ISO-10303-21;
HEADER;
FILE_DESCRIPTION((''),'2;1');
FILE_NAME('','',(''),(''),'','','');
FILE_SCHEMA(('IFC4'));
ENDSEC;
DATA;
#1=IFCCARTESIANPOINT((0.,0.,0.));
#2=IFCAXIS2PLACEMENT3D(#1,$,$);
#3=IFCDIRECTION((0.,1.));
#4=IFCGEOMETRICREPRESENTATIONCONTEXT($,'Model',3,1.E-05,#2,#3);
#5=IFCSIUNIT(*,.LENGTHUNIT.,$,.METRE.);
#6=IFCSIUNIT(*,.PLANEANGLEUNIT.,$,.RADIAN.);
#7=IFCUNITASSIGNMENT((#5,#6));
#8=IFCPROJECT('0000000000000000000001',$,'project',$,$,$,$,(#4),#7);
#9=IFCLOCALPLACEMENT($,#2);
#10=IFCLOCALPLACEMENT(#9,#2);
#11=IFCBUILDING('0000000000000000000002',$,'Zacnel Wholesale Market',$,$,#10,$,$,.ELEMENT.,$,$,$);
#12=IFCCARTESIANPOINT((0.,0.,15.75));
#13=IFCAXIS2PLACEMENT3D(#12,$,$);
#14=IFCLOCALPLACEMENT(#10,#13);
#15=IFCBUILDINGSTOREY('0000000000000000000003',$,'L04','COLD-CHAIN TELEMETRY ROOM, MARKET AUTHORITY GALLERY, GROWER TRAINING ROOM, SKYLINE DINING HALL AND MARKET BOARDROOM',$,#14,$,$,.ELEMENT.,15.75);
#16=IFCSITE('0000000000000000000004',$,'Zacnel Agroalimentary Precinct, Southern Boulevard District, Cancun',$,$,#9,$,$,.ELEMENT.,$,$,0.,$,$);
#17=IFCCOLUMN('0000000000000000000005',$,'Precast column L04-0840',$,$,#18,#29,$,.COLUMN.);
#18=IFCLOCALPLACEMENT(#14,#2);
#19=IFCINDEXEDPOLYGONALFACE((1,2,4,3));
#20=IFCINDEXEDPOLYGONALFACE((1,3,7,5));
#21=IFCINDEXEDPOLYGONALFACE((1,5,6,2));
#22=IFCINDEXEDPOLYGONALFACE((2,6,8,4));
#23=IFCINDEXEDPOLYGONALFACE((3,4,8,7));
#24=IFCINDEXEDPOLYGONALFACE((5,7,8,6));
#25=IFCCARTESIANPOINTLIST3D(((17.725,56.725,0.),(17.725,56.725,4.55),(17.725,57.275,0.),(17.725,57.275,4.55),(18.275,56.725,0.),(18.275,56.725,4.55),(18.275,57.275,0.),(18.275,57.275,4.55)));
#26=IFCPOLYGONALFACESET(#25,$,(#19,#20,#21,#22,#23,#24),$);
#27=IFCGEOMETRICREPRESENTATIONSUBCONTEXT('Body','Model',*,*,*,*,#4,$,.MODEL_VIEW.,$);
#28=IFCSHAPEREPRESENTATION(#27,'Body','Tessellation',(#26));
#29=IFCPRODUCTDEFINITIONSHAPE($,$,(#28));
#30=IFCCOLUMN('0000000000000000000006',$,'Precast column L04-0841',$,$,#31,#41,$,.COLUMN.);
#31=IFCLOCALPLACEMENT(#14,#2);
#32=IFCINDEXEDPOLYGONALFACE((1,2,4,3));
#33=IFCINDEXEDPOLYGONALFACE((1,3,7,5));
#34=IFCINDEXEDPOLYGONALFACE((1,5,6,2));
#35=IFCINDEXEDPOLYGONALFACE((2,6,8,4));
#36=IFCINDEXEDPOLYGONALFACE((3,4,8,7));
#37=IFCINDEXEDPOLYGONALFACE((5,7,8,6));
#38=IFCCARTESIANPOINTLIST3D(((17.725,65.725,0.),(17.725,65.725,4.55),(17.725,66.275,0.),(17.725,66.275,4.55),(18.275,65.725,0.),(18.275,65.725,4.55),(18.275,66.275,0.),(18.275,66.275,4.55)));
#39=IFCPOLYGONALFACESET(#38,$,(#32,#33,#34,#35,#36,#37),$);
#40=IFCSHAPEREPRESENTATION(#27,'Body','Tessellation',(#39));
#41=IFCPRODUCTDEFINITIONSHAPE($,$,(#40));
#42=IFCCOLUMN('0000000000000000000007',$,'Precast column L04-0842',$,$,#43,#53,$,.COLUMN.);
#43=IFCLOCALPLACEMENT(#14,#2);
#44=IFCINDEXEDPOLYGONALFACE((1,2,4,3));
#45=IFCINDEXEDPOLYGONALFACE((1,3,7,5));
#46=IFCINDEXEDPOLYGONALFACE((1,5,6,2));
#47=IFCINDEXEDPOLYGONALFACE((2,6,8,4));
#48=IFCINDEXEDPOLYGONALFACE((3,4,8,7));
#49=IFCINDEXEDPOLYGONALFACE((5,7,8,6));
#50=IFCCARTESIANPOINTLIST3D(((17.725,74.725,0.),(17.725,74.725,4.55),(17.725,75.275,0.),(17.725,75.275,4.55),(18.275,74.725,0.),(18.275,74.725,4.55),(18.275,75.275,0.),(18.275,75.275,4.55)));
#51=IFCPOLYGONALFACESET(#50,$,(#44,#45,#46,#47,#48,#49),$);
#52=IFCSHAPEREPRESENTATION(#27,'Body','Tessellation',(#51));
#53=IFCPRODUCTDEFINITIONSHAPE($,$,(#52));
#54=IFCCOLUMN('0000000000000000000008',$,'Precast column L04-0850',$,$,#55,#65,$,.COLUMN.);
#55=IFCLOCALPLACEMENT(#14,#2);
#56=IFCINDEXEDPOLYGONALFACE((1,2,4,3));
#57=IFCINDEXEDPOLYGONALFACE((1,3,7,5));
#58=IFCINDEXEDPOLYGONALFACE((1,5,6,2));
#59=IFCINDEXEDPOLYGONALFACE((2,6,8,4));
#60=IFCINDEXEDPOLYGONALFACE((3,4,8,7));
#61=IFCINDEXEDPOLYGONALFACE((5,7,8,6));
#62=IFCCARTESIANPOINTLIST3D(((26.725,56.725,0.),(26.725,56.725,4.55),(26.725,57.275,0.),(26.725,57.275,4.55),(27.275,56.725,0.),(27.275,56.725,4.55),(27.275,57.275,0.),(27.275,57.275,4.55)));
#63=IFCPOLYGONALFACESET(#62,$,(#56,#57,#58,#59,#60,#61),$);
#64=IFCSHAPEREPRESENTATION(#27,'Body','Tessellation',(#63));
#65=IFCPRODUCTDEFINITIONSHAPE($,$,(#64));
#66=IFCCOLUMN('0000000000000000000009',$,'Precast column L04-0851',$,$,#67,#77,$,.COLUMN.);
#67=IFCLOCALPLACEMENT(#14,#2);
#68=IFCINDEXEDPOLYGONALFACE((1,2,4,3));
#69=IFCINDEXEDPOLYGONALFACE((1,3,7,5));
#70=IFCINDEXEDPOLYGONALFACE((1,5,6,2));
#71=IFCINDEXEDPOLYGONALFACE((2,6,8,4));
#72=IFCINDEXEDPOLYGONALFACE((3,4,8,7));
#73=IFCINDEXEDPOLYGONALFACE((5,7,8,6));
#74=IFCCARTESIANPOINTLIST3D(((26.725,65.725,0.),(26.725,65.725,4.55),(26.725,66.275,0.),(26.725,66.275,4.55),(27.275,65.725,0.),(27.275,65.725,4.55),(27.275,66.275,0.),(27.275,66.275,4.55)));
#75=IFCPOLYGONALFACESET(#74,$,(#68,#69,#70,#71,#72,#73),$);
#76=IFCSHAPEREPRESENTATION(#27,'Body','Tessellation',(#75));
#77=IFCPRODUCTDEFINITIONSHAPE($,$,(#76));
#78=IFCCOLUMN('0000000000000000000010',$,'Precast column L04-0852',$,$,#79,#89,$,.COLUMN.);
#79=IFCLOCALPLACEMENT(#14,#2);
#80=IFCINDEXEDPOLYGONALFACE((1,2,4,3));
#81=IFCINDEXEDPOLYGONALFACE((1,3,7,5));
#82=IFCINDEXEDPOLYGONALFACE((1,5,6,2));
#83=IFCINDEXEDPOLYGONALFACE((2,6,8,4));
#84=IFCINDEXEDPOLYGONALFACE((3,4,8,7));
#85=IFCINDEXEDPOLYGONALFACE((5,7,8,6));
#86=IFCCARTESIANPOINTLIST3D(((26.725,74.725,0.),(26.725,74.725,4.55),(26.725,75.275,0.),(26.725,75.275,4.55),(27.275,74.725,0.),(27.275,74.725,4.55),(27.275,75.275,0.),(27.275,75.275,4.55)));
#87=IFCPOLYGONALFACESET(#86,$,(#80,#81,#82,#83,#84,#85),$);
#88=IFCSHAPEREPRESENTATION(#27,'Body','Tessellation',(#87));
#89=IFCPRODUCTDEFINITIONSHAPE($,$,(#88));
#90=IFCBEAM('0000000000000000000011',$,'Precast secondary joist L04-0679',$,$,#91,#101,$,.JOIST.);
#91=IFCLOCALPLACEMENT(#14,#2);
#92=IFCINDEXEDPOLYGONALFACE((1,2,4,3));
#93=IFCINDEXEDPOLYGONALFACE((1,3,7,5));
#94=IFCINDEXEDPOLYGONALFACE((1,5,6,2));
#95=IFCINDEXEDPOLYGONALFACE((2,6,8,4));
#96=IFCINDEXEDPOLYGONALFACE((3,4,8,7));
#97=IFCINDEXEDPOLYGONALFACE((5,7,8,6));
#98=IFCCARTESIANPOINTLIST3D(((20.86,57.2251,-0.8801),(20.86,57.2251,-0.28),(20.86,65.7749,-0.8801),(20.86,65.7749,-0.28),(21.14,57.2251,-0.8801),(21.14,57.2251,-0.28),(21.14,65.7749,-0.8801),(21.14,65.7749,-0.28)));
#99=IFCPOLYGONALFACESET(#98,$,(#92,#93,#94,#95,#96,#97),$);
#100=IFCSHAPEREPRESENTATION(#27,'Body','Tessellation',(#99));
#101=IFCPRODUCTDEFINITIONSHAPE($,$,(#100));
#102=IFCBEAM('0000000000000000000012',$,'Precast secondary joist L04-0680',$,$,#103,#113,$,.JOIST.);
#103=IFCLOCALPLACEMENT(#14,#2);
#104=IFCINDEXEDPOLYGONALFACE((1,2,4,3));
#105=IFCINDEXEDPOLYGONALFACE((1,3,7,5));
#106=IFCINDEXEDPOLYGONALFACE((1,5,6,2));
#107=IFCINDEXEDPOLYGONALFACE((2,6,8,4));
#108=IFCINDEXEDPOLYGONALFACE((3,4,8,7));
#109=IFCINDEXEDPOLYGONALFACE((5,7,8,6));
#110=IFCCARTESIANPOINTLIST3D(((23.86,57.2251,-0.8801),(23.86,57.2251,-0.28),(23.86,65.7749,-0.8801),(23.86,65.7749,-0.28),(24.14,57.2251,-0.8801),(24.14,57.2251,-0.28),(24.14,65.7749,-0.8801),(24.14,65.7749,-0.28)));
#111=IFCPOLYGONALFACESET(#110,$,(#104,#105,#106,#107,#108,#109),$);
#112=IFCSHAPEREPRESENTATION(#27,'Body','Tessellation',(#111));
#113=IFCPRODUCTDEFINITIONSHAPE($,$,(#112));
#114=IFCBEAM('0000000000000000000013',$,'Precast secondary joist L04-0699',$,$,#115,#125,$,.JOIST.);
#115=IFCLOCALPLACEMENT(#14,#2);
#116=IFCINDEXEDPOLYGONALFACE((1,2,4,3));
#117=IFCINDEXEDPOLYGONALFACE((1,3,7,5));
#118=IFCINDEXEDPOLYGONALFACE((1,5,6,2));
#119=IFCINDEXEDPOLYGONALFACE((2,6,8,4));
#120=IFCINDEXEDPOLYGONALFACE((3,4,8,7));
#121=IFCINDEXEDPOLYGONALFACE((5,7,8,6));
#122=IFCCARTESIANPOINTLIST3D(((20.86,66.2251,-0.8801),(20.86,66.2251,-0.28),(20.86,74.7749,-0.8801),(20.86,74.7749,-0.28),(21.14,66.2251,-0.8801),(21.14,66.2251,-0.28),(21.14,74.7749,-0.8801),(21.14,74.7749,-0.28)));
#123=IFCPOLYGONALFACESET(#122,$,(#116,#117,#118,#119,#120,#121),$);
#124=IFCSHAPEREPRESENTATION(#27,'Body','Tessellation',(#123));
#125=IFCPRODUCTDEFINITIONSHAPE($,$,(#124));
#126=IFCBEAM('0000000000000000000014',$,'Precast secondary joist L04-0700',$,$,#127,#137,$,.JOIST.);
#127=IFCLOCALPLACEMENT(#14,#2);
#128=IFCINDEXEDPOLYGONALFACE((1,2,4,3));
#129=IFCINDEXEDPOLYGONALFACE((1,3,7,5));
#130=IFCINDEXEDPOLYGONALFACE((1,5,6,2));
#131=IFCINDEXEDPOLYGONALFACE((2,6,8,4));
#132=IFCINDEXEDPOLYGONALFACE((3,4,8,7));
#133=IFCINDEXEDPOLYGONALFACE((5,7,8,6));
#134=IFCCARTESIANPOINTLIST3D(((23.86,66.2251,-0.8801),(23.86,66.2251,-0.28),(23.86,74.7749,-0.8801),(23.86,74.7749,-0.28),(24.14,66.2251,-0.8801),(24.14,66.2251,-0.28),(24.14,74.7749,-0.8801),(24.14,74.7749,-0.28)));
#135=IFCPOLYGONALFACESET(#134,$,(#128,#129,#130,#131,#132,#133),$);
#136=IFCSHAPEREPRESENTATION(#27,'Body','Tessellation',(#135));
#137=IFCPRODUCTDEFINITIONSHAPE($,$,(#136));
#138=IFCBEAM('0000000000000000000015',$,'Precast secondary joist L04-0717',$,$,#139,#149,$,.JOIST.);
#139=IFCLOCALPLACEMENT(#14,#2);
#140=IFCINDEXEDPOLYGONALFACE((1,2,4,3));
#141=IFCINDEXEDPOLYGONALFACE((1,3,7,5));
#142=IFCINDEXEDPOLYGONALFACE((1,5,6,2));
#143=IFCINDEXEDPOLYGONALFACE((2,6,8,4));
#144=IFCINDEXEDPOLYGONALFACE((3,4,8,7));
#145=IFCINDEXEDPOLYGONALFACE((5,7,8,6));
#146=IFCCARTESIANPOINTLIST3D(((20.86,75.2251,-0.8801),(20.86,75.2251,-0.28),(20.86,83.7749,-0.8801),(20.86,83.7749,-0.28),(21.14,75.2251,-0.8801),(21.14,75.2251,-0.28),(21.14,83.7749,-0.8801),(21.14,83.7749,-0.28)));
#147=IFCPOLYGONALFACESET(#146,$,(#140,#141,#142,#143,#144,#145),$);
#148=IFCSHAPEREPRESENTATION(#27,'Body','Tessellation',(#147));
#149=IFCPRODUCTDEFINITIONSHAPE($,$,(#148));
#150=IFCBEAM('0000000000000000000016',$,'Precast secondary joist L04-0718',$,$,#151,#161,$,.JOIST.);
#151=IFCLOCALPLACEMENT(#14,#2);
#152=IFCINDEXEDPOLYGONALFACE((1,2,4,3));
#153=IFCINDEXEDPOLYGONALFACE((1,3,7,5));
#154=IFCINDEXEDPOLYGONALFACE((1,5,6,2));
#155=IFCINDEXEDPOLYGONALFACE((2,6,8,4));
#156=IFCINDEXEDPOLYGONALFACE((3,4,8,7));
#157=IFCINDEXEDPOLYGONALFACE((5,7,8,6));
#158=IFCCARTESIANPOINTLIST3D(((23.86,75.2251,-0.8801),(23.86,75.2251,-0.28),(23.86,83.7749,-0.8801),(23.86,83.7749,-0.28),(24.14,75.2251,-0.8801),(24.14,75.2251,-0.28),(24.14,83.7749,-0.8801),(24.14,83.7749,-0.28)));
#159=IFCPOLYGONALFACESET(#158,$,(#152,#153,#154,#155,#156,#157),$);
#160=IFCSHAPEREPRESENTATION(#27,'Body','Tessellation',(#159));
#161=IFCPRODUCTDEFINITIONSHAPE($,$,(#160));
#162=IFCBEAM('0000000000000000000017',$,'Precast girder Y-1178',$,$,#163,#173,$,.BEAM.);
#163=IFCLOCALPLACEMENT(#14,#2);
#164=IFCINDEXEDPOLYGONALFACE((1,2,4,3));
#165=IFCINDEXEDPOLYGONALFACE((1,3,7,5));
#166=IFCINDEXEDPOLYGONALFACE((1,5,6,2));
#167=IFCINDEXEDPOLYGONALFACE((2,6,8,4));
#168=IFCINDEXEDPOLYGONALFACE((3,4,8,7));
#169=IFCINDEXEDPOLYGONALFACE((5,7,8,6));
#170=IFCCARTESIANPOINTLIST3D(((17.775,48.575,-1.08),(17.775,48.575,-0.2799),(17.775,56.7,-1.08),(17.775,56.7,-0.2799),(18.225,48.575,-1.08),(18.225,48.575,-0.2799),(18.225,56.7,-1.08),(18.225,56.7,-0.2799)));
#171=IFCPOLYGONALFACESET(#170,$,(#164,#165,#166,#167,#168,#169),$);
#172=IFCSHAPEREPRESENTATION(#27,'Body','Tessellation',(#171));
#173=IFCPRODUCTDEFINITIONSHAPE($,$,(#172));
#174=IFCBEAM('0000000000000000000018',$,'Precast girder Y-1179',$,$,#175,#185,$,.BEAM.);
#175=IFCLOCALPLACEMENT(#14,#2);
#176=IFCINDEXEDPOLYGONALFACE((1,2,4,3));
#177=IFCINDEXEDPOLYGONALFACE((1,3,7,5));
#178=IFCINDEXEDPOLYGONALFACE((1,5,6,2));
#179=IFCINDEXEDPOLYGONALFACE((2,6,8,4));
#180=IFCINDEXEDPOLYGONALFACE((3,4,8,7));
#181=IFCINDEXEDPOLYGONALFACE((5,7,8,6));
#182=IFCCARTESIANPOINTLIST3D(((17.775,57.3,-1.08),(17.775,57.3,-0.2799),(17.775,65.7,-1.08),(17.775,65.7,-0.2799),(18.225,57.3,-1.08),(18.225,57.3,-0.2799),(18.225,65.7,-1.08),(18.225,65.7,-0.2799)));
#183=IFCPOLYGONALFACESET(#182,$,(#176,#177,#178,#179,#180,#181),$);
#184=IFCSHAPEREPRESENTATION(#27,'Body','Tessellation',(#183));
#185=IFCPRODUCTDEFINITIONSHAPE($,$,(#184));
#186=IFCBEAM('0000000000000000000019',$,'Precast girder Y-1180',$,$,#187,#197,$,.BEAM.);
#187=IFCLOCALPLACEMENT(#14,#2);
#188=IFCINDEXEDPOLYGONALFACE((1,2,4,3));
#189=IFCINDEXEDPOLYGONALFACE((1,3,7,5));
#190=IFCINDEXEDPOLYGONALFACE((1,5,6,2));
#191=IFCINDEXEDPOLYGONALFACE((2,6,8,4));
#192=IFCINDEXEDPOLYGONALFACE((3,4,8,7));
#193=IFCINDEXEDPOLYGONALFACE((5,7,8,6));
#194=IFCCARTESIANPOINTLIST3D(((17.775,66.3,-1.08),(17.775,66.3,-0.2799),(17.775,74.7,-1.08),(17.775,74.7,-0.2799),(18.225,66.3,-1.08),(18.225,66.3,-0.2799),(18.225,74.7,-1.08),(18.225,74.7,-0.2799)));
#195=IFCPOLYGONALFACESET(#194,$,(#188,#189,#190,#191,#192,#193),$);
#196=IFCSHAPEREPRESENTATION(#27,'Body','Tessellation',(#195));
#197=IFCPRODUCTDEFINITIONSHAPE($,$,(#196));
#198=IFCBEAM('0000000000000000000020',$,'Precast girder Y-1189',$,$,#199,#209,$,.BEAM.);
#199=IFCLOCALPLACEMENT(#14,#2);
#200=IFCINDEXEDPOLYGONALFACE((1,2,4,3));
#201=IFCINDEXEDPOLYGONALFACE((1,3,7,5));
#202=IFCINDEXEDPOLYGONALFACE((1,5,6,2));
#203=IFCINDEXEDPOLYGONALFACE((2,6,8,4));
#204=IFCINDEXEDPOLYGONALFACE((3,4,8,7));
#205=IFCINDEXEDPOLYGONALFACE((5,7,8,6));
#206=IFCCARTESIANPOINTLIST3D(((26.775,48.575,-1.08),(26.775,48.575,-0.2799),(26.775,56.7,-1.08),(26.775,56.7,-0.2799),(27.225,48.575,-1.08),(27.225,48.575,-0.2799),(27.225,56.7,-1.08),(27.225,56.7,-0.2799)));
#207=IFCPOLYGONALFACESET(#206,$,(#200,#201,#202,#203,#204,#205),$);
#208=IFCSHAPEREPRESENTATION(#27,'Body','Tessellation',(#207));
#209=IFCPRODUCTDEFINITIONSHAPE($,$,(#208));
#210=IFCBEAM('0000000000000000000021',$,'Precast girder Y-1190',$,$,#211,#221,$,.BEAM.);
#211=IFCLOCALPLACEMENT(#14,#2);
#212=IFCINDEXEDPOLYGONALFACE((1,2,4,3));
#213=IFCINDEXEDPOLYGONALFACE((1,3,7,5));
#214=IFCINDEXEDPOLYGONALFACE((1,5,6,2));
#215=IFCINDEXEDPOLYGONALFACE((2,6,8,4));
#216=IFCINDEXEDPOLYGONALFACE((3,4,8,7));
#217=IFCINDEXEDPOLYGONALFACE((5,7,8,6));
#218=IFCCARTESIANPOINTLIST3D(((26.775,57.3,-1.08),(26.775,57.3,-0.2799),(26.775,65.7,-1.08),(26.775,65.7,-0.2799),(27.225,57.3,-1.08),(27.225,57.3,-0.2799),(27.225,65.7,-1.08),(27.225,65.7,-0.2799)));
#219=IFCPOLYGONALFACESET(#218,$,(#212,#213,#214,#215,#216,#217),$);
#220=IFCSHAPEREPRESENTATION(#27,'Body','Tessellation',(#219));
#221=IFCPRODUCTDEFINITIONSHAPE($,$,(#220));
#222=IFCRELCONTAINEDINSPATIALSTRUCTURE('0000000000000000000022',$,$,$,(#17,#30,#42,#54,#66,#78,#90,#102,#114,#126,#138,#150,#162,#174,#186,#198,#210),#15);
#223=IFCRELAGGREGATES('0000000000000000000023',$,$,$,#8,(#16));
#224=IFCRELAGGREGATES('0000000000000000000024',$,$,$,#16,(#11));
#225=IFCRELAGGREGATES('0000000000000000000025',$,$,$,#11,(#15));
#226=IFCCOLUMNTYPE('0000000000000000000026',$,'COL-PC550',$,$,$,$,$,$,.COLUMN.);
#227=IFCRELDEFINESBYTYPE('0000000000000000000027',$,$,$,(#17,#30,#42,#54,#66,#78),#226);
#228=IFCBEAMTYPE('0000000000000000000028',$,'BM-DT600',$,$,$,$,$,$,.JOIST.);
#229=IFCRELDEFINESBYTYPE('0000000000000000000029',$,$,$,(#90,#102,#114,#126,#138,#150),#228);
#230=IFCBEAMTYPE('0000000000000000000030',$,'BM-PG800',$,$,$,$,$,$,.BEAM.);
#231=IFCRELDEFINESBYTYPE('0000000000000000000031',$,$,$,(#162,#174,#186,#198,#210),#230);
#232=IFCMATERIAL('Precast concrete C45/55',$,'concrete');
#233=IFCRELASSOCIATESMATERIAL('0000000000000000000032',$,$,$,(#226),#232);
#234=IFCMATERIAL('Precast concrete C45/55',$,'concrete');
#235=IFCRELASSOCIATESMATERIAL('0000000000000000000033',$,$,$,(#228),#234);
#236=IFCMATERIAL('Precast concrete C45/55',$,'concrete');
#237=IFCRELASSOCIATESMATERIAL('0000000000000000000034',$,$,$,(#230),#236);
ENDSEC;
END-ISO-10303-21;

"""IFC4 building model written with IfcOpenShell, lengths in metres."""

from ifc_helpers import new_model, si_unit, direction, frame, origin, origin_2d, place, context, subcontext, project, spatial, rectangle, extrude, material, material_profile, profile_set, type_object, element, save


model = new_model("IFC4")

# Units and contexts
model_context = context("Model", 3, precision=1e-05, world=origin(), true_north=direction((0.0, 1.0)))
body_context = subcontext(model_context, "Body", "Model", "MODEL_VIEW")
ifc_project = project(units=[si_unit("LENGTHUNIT", "METRE"), si_unit("PLANEANGLEUNIT", "RADIAN")], contexts=[model_context])

# Site, building, storey
site_placement = place(None, origin())
site = spatial("IfcSite", under=ifc_project, at=site_placement, Name="Zacnel Agroalimentary Precinct, Southern Boulevard District, Cancun", CompositionType="ELEMENT", RefElevation=0.0)
building_placement = place(site_placement, origin())
building = spatial("IfcBuilding", under=site, at=building_placement, Name="Zacnel Wholesale Market", CompositionType="ELEMENT")
storey_placement = place(building_placement, frame((0.0, 0.0, 15.75)))
storey = spatial("IfcBuildingStorey", under=building, at=storey_placement, Name="L04", Description="COLD-CHAIN TELEMETRY ROOM, MARKET AUTHORITY GALLERY, GROWER TRAINING ROOM, SKYLINE DINING HALL AND MARKET BOARDROOM", CompositionType="ELEMENT", Elevation=15.75)

# Columns
ifc_material_1 = material(Name="Precast concrete C45/55", Category="concrete")
ifc_material_profile_1 = material_profile(ifc_material_1, rectangle(XDim=0.55, YDim=0.55, at=origin_2d()), Name="PC 550x550")
ifc_profile_set_1 = profile_set([ifc_material_profile_1], Name="Precast concrete C45/55")
column_type = type_object("IfcColumnType", Name="COL-PC550", PredefinedType="COLUMN", material=ifc_profile_set_1)
for number, where, z_axis, x_axis, name in (
    (1, (18.0, 57.0, 0.0), (0.0, 0.0, 1.0), (1.0, 0.0, 0.0), "Precast column L04-0840"),
    (2, (18.0, 66.0, 0.0), (0.0, 0.0, 1.0), (1.0, 0.0, 0.0), "Precast column L04-0841"),
    (3, (18.0, 75.0, 0.0), (0.0, 0.0, 1.0), (1.0, 0.0, 0.0), "Precast column L04-0842"),
    (4, (27.0, 57.0, 0.0), (0.0, 0.0, 1.0), (1.0, 0.0, 0.0), "Precast column L04-0850"),
    (5, (27.0, 66.0, 0.0), (0.0, 0.0, 1.0), (1.0, 0.0, 0.0), "Precast column L04-0851"),
    (6, (27.0, 75.0, 0.0), (0.0, 0.0, 1.0), (1.0, 0.0, 0.0), "Precast column L04-0852"),
):
    element("IfcColumn", number, at=place(storey_placement, frame(where, z_axis=z_axis, x_axis=x_axis)), inside=storey, type_object=column_type, Name=name, PredefinedType="COLUMN", context=body_context, shape_type="SweptSolid", body=[
        extrude(rectangle(XDim=0.55, YDim=0.55, at=origin_2d()), origin(), (0.0, 0.0, 1.0), 4.55),
    ])

# Beams
ifc_material_2 = material(Name="Precast concrete C45/55", Category="concrete")
ifc_material_profile_2 = material_profile(ifc_material_2, rectangle(XDim=0.28, YDim=0.6001, at=origin_2d()), Name="DT RIB 280x600")
ifc_profile_set_2 = profile_set([ifc_material_profile_2], Name="Precast concrete C45/55")
beam_type_1 = type_object("IfcBeamType", Name="BM-DT600", PredefinedType="JOIST", material=ifc_profile_set_2)
for number, where, z_axis, x_axis, name in (
    (7, (21.0, 57.2251, -0.5801), (0.0, 1.0, 0.0), (-1.0, 0.0, 0.0), "Precast secondary joist L04-0679"),
    (8, (24.0, 57.2251, -0.5801), (0.0, 1.0, 0.0), (-1.0, 0.0, 0.0), "Precast secondary joist L04-0680"),
    (9, (21.0, 66.2251, -0.5801), (0.0, 1.0, 0.0), (-1.0, 0.0, 0.0), "Precast secondary joist L04-0699"),
    (10, (24.0, 66.2251, -0.5801), (0.0, 1.0, 0.0), (-1.0, 0.0, 0.0), "Precast secondary joist L04-0700"),
    (11, (21.0, 75.2251, -0.5801), (0.0, 1.0, 0.0), (-1.0, 0.0, 0.0), "Precast secondary joist L04-0717"),
    (12, (24.0, 75.2251, -0.5801), (0.0, 1.0, 0.0), (-1.0, 0.0, 0.0), "Precast secondary joist L04-0718"),
):
    element("IfcBeam", number, at=place(storey_placement, frame(where, z_axis=z_axis, x_axis=x_axis)), inside=storey, type_object=beam_type_1, Name=name, PredefinedType="JOIST", context=body_context, shape_type="SweptSolid", body=[
        extrude(rectangle(XDim=0.28, YDim=0.6001, at=origin_2d()), origin(), (0.0, 0.0, 1.0), 8.5498),
    ])
ifc_material_3 = material(Name="Precast concrete C45/55", Category="concrete")
ifc_material_profile_3 = material_profile(ifc_material_3, rectangle(XDim=0.45, YDim=0.8, at=origin_2d()), Name="PG 450x800")
ifc_profile_set_3 = profile_set([ifc_material_profile_3], Name="Precast concrete C45/55")
beam_type_2 = type_object("IfcBeamType", Name="BM-PG800", PredefinedType="BEAM", material=ifc_profile_set_3)
beam_1_placement = place(storey_placement, frame((18.0, 48.575, -0.6799), z_axis=(0.0, 1.0, 0.0), x_axis=(-1.0, 0.0, 0.0)))
element("IfcBeam", 13, at=beam_1_placement, inside=storey, type_object=beam_type_2, Name="Precast girder Y-1178", PredefinedType="BEAM", context=body_context, shape_type="SweptSolid", body=[
    extrude(rectangle(XDim=0.45, YDim=0.8, at=origin_2d()), origin(), (0.0, 0.0, 1.0), 8.125),
])
for number, where, z_axis, x_axis, name in (
    (14, (18.0, 57.3, -0.6799), (0.0, 1.0, 0.0), (-1.0, 0.0, 0.0), "Precast girder Y-1179"),
    (15, (18.0, 66.3, -0.6799), (0.0, 1.0, 0.0), (-1.0, 0.0, 0.0), "Precast girder Y-1180"),
):
    element("IfcBeam", number, at=place(storey_placement, frame(where, z_axis=z_axis, x_axis=x_axis)), inside=storey, type_object=beam_type_2, Name=name, PredefinedType="BEAM", context=body_context, shape_type="SweptSolid", body=[
        extrude(rectangle(XDim=0.45, YDim=0.8, at=origin_2d()), origin(), (0.0, 0.0, 1.0), 8.3999),
    ])
beam_2_placement = place(storey_placement, frame((27.0, 48.575, -0.6799), z_axis=(0.0, 1.0, 0.0), x_axis=(-1.0, 0.0, 0.0)))
element("IfcBeam", 16, at=beam_2_placement, inside=storey, type_object=beam_type_2, Name="Precast girder Y-1189", PredefinedType="BEAM", context=body_context, shape_type="SweptSolid", body=[
    extrude(rectangle(XDim=0.45, YDim=0.8, at=origin_2d()), origin(), (0.0, 0.0, 1.0), 8.125),
])
for number, where, z_axis, x_axis, name in (
    (17, (27.0, 57.3, -0.6799), (0.0, 1.0, 0.0), (-1.0, 0.0, 0.0), "Precast girder Y-1190"),
):
    element("IfcBeam", number, at=place(storey_placement, frame(where, z_axis=z_axis, x_axis=x_axis)), inside=storey, type_object=beam_type_2, Name=name, PredefinedType="BEAM", context=body_context, shape_type="SweptSolid", body=[
        extrude(rectangle(XDim=0.45, YDim=0.8, at=origin_2d()), origin(), (0.0, 0.0, 1.0), 8.3999),
    ])

save(model, "model.ifc")
